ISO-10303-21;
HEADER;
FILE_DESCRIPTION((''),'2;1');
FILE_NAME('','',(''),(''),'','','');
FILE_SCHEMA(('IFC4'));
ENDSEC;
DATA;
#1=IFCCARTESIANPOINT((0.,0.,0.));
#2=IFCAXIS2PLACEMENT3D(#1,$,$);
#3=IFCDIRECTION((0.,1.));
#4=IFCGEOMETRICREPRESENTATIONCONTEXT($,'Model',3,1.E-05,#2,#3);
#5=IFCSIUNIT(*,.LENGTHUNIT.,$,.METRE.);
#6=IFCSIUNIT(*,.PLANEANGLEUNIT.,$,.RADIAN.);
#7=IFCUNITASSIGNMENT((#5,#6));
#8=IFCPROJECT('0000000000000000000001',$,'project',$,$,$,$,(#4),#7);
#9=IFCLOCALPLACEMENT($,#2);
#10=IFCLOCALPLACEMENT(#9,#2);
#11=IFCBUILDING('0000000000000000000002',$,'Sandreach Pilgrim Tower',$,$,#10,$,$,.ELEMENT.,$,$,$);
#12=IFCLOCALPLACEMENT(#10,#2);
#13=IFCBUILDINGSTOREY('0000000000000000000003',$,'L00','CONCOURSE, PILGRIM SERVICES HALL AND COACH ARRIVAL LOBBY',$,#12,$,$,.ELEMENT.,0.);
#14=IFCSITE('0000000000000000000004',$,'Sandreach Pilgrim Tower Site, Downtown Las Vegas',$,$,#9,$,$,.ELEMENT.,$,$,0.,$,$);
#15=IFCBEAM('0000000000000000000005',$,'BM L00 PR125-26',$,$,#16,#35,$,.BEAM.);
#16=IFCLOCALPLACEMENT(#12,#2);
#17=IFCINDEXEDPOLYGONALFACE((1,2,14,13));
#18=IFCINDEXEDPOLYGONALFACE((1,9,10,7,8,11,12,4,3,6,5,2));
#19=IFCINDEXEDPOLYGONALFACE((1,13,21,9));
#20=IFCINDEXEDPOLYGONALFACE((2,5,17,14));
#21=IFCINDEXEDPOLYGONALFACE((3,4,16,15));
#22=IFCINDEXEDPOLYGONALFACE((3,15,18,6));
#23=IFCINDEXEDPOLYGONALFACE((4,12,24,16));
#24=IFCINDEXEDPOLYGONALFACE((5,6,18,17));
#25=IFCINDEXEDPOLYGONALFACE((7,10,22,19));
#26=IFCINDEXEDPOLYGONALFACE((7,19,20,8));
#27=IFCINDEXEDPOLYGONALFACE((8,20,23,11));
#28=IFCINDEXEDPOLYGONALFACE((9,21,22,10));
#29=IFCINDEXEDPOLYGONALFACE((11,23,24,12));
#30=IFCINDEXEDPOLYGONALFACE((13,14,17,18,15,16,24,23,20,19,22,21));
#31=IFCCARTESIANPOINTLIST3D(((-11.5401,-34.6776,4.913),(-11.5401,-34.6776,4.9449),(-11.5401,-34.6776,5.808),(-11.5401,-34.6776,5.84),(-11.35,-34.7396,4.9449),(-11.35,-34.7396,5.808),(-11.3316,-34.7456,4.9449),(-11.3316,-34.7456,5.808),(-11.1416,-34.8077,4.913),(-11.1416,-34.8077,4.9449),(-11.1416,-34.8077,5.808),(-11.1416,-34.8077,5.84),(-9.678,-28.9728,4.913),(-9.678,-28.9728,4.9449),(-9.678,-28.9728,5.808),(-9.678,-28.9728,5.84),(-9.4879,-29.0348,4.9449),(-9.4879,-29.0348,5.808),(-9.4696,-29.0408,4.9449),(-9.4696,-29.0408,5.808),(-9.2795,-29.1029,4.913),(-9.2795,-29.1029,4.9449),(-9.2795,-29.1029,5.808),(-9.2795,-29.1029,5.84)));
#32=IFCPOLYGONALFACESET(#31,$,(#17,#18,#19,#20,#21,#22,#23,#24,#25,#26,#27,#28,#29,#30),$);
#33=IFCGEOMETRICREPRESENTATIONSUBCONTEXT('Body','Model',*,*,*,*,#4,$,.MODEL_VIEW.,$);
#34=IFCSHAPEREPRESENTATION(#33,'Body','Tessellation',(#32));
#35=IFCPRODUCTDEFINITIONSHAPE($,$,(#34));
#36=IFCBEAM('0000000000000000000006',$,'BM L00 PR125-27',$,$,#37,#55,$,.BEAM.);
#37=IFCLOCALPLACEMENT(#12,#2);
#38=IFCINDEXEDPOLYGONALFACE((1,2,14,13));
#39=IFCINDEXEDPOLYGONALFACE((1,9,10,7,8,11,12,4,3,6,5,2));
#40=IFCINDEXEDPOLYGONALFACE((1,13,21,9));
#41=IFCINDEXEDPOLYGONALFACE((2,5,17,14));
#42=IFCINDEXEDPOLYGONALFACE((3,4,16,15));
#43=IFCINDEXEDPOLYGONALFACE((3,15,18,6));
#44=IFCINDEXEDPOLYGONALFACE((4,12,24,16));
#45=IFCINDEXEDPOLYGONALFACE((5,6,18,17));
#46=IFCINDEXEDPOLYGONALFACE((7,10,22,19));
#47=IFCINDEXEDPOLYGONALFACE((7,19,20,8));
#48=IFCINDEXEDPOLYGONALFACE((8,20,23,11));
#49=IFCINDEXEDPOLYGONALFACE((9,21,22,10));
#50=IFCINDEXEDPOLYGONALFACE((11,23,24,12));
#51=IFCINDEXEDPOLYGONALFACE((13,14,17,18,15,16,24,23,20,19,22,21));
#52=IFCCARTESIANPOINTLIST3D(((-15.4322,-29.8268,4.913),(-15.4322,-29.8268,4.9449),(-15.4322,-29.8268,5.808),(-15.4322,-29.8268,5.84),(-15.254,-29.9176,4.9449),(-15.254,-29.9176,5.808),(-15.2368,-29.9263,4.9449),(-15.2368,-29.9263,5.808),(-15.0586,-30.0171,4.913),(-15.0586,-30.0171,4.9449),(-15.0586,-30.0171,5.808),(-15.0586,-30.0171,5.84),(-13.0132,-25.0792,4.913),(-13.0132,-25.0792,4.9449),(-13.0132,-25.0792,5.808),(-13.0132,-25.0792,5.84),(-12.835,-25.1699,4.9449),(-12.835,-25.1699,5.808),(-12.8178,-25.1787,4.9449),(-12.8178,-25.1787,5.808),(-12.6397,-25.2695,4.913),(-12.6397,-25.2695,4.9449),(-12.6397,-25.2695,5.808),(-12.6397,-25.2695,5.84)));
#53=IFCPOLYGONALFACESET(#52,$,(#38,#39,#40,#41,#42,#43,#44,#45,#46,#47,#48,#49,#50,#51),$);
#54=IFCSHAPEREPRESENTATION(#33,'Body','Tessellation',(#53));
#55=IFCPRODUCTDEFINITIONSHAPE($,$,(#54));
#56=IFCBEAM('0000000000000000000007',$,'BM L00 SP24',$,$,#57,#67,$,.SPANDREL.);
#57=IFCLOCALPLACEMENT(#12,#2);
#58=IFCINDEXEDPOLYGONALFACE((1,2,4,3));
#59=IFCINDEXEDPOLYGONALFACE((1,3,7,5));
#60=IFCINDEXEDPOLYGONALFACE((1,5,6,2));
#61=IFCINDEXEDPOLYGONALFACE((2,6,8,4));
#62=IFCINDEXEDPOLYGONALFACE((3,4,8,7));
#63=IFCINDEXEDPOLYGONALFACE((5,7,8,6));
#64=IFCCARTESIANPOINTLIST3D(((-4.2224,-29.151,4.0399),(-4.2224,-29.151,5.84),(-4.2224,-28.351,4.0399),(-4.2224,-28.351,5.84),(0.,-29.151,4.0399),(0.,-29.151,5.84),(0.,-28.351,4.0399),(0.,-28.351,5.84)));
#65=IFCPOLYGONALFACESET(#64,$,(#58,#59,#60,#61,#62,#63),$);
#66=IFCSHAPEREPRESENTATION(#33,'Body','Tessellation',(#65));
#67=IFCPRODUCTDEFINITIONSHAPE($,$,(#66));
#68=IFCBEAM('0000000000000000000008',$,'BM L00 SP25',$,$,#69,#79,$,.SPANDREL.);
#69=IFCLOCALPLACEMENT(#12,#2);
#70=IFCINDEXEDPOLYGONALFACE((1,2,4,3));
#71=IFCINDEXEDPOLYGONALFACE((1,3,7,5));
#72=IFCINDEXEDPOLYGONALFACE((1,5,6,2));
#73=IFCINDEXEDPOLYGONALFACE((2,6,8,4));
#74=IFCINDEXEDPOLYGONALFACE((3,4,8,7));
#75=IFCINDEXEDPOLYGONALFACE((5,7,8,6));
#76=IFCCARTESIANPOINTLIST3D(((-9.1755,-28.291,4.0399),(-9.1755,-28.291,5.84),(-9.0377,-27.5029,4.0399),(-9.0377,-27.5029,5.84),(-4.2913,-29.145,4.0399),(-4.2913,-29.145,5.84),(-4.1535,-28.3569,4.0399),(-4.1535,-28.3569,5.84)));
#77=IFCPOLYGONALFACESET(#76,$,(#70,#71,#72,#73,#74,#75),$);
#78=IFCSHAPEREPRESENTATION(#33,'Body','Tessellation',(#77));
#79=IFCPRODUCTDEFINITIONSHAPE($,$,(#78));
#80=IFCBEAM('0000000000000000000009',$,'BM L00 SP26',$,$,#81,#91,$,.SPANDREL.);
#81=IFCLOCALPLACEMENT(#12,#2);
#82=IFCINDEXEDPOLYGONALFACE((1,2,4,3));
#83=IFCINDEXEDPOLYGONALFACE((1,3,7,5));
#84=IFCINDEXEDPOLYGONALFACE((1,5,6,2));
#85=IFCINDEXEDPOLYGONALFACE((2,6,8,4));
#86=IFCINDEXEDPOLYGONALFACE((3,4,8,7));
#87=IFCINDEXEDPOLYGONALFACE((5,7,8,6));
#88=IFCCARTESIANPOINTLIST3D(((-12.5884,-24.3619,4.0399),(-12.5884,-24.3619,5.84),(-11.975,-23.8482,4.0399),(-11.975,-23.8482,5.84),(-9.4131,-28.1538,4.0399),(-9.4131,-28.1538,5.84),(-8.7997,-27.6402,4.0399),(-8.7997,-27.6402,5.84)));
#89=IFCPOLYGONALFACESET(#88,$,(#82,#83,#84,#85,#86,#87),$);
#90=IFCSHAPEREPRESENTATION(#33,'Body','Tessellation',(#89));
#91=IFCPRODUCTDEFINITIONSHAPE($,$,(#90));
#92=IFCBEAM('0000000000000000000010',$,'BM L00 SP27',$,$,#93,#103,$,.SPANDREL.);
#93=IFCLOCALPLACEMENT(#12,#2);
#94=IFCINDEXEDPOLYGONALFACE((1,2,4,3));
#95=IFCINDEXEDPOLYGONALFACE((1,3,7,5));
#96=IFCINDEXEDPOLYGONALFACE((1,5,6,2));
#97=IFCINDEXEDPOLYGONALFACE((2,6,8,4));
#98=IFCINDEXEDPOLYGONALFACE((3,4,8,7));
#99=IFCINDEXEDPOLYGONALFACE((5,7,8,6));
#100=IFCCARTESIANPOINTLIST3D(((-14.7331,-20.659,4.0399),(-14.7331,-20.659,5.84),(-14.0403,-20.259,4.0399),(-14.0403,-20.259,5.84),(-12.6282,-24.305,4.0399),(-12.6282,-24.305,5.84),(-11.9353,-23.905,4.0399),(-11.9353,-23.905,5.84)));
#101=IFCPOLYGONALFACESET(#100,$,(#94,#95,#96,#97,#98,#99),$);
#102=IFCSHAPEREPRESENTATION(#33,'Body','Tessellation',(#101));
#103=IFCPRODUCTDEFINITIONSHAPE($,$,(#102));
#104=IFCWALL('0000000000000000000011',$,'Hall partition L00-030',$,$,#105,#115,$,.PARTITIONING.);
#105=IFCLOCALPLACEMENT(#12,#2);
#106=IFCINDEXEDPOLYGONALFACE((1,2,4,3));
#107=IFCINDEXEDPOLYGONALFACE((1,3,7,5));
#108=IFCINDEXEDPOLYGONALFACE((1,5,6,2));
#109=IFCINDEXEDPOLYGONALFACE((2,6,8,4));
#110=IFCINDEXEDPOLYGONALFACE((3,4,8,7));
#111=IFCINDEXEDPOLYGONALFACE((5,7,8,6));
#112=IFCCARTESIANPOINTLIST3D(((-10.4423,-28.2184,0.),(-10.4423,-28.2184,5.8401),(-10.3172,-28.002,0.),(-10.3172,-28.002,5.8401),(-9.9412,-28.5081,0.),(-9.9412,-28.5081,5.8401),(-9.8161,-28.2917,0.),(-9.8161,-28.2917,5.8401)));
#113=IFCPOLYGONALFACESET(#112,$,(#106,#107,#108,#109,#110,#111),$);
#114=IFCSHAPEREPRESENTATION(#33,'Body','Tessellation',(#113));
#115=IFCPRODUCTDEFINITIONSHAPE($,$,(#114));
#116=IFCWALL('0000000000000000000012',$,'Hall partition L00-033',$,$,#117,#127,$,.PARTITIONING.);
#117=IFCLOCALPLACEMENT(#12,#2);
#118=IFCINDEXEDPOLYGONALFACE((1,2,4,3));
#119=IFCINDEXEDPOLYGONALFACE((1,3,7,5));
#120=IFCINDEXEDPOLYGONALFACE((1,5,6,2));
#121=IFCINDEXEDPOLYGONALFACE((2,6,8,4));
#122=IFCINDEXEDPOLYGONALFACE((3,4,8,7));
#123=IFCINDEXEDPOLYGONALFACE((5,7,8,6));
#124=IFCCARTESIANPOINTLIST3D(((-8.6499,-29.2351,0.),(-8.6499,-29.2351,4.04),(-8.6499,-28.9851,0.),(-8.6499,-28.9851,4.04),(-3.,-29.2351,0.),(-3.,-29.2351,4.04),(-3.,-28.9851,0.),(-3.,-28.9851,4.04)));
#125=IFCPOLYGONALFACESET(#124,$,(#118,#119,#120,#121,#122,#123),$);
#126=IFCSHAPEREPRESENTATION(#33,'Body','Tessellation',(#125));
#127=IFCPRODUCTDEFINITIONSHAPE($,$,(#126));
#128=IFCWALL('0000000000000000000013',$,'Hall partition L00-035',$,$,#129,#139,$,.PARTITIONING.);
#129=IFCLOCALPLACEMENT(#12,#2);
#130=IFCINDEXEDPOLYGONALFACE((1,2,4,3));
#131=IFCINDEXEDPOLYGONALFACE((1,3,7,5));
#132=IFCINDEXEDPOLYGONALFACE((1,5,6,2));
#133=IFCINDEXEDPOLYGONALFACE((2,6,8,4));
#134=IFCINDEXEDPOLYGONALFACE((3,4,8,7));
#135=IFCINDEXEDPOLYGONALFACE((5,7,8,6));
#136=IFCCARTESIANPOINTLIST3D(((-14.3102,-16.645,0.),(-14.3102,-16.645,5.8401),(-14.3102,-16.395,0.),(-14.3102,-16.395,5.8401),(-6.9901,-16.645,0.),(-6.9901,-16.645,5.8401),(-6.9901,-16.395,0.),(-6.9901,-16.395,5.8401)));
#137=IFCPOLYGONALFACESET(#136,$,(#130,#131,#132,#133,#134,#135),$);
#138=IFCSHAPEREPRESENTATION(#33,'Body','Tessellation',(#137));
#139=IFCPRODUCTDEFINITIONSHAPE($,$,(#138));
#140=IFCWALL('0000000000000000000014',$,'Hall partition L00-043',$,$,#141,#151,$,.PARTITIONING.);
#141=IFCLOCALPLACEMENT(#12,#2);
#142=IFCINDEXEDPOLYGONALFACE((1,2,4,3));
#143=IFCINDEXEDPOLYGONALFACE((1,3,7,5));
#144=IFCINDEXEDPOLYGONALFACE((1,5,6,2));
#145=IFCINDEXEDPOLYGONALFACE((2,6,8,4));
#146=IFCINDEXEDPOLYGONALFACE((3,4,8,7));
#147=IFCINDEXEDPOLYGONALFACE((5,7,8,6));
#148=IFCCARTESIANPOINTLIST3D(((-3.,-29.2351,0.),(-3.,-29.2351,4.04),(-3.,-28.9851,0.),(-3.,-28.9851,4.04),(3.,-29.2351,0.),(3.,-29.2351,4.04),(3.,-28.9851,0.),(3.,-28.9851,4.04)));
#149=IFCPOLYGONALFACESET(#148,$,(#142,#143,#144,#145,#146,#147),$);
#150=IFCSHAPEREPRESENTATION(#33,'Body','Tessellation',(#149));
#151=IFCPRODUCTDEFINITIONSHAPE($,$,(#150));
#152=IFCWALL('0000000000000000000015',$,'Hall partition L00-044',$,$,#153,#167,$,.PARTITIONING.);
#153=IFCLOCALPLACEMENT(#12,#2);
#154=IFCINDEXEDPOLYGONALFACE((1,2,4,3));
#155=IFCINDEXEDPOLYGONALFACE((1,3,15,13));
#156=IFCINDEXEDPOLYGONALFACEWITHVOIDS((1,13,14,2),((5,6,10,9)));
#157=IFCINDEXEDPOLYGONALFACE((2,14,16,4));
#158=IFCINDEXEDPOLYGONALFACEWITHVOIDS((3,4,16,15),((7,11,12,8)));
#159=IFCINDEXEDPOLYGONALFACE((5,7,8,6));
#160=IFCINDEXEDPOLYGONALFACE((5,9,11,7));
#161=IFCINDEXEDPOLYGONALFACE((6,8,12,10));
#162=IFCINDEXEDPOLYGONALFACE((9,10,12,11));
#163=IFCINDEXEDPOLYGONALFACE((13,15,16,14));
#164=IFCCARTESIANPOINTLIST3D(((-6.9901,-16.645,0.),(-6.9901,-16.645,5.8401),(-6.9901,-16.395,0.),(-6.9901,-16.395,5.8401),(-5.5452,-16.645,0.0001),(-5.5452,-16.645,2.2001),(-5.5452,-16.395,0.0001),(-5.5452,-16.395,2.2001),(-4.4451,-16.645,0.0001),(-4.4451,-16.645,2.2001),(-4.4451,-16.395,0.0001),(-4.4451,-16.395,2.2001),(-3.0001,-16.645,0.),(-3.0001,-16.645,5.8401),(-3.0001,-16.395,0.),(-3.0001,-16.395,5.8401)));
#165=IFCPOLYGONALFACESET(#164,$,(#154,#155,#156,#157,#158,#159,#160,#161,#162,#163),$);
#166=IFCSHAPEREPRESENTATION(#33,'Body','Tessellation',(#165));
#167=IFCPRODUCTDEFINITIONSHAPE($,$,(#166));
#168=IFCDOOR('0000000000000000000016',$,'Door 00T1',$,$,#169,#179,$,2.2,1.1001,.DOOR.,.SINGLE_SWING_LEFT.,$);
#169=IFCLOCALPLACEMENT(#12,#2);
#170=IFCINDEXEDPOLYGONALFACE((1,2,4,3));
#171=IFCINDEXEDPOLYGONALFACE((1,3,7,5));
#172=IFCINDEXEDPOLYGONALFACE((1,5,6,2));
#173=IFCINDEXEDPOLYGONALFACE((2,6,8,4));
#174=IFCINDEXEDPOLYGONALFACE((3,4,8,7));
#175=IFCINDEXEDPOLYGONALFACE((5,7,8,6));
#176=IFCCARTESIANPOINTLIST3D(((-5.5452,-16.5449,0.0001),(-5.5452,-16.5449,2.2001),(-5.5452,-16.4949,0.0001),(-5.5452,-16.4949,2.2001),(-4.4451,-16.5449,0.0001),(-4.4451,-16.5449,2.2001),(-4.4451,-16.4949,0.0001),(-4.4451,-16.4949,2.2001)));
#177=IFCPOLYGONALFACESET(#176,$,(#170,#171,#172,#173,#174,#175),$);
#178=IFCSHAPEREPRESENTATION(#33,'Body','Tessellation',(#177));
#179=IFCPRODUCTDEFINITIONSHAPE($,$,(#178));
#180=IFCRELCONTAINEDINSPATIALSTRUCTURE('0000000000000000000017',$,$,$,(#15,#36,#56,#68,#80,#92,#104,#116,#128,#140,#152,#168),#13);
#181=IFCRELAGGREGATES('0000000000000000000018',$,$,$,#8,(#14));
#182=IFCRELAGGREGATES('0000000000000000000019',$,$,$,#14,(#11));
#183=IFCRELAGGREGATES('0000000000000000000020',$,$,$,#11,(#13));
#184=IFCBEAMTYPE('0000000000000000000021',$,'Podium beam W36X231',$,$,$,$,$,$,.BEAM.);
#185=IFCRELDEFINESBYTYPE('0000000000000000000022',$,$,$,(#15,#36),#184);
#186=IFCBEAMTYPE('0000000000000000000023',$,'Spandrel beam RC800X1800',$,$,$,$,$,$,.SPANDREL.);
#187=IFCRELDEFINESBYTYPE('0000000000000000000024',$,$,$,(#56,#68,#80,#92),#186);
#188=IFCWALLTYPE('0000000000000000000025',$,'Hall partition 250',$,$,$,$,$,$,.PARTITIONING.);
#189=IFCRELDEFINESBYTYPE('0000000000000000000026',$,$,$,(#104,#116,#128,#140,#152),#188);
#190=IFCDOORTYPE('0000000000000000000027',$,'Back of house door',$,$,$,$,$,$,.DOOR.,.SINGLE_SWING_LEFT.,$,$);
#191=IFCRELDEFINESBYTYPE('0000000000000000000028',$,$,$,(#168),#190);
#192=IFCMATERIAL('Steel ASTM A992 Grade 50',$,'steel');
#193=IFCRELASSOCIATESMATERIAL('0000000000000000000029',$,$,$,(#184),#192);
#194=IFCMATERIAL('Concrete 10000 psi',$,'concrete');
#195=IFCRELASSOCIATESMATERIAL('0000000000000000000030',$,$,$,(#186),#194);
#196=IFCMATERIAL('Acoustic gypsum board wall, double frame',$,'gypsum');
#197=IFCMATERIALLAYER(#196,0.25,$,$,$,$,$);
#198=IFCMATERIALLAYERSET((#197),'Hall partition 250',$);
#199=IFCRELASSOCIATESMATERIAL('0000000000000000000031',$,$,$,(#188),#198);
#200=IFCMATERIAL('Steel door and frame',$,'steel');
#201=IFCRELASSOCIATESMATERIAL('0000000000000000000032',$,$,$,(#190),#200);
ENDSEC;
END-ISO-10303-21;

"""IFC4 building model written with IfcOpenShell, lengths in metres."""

from ifc_helpers import new_model, si_unit, direction, frame, frame_2d, origin, origin_2d, place, context, subcontext, project, spatial, rectangle, i_section, extrude, material, layer, layer_set, material_profile, profile_set, type_object, element, fill, save


model = new_model("IFC4")

# Units and contexts
model_context = context("Model", 3, precision=1e-05, world=origin(), true_north=direction((0.0, 1.0)))
body_context = subcontext(model_context, "Body", "Model", "MODEL_VIEW")
ifc_project = project(units=[si_unit("LENGTHUNIT", "METRE"), si_unit("PLANEANGLEUNIT", "RADIAN")], contexts=[model_context])

# Site, building, storey
site_placement = place(None, origin())
site = spatial("IfcSite", under=ifc_project, at=site_placement, Name="Sandreach Pilgrim Tower Site, Downtown Las Vegas", CompositionType="ELEMENT", RefElevation=0.0)
building_placement = place(site_placement, origin())
building = spatial("IfcBuilding", under=site, at=building_placement, Name="Sandreach Pilgrim Tower", CompositionType="ELEMENT")
storey_placement = place(building_placement, origin())
storey = spatial("IfcBuildingStorey", under=building, at=storey_placement, Name="L00", Description="CONCOURSE, PILGRIM SERVICES HALL AND COACH ARRIVAL LOBBY", CompositionType="ELEMENT", Elevation=0.0)

# Beams
ifc_material_1 = material(Name="Steel ASTM A992 Grade 50", Category="steel")
ifc_material_profile_1 = material_profile(ifc_material_1, i_section(OverallWidth=0.4192, OverallDepth=0.927, WebThickness=0.0193, FlangeThickness=0.032, at=origin_2d()), Name="W36X231")
ifc_profile_set_1 = profile_set([ifc_material_profile_1], Name="Steel ASTM A992 Grade 50")
beam_type_1 = type_object("IfcBeamType", Name="Podium beam W36X231", PredefinedType="BEAM", material=ifc_profile_set_1)
beam_1_placement = place(storey_placement, frame((-9.4788, -29.0378, 5.3765), z_axis=(-0.31029, -0.950642, 0.0), x_axis=(0.950642, -0.31029, 0.0)))
element("IfcBeam", 1, at=beam_1_placement, inside=storey, type_object=beam_type_1, Name="BM L00 PR125-26", PredefinedType="BEAM", context=body_context, shape_type="SweptSolid", body=[
    extrude(i_section(OverallWidth=0.4192, OverallDepth=0.927, WebThickness=0.0193, FlangeThickness=0.032, at=origin_2d()), origin(), (0.0, 0.0, 1.0), 6.001),
])
beam_2_placement = place(storey_placement, frame((-12.8264, -25.1743, 5.3765), z_axis=(-0.453982, -0.891011, 0.0), x_axis=(0.891011, -0.453982, 0.0)))
element("IfcBeam", 2, at=beam_2_placement, inside=storey, type_object=beam_type_1, Name="BM L00 PR125-27", PredefinedType="BEAM", context=body_context, shape_type="SweptSolid", body=[
    extrude(i_section(OverallWidth=0.4192, OverallDepth=0.927, WebThickness=0.0193, FlangeThickness=0.032, at=origin_2d()), origin(), (0.0, 0.0, 1.0), 5.3284),
])
ifc_material_2 = material(Name="Concrete 10000 psi", Category="concrete")
ifc_material_profile_2 = material_profile(ifc_material_2, rectangle(XDim=0.8, YDim=1.8, at=origin_2d()), Name="RC800X1800")
ifc_profile_set_2 = profile_set([ifc_material_profile_2], Name="Concrete 10000 psi")
beam_type_2 = type_object("IfcBeamType", Name="Spandrel beam RC800X1800", PredefinedType="SPANDREL", material=ifc_profile_set_2)
beam_3_placement = place(storey_placement, frame((0.0, -28.751, 4.9399), z_axis=(-1.0, 0.0, 0.0), x_axis=(0.0, -1.0, 0.0)))
element("IfcBeam", 3, at=beam_3_placement, inside=storey, type_object=beam_type_2, Name="BM L00 SP24", PredefinedType="SPANDREL", context=body_context, shape_type="SweptSolid", body=[
    extrude(rectangle(XDim=0.8, YDim=1.8, at=origin_2d()), origin(), (0.0, 0.0, 1.0), 4.2224),
])
beam_4_placement = place(storey_placement, frame((-4.2224, -28.751, 4.9399), z_axis=(-0.985054, 0.172243, 0.0), x_axis=(-0.172243, -0.985054, 0.0)))
element("IfcBeam", 4, at=beam_4_placement, inside=storey, type_object=beam_type_2, Name="BM L00 SP25", PredefinedType="SPANDREL", context=body_context, shape_type="SweptSolid", body=[
    extrude(rectangle(XDim=0.8, YDim=1.8, at=origin_2d()), origin(), (0.0, 0.0, 1.0), 4.9583),
])
beam_5_placement = place(storey_placement, frame((-9.1064, -27.897, 4.9399), z_axis=(-0.642008, 0.766698, 0.0), x_axis=(-0.766698, -0.642008, 0.0)))
element("IfcBeam", 5, at=beam_5_placement, inside=storey, type_object=beam_type_2, Name="BM L00 SP26", PredefinedType="SPANDREL", context=body_context, shape_type="SweptSolid", body=[
    extrude(rectangle(XDim=0.8, YDim=1.8, at=origin_2d()), origin(), (0.0, 0.0, 1.0), 4.9458),
])
beam_6_placement = place(storey_placement, frame((-12.2817, -24.105, 4.9399), z_axis=(-0.499994, 0.866029, 0.0), x_axis=(-0.866029, -0.499994, 0.0)))
element("IfcBeam", 6, at=beam_6_placement, inside=storey, type_object=beam_type_2, Name="BM L00 SP27", PredefinedType="SPANDREL", context=body_context, shape_type="SweptSolid", body=[
    extrude(rectangle(XDim=0.8, YDim=1.8, at=origin_2d()), origin(), (0.0, 0.0, 1.0), 4.21),
])

# Walls
ifc_material_3 = material(Name="Acoustic gypsum board wall, double frame", Category="gypsum")
ifc_layer = layer(ifc_material_3, 0.25)
ifc_layer_set = layer_set([ifc_layer], Name="Hall partition 250")
wall_type = type_object("IfcWallType", Name="Hall partition 250", PredefinedType="PARTITIONING", material=ifc_layer_set)
wall_1_placement = place(storey_placement, frame((-10.3799, -28.1101, 0.0), z_axis=(0.0, 0.0, 1.0), x_axis=(0.865715, -0.500538, 0.0)))
element("IfcWall", 7, at=wall_1_placement, inside=storey, type_object=wall_type, Name="Hall partition L00-030", PredefinedType="PARTITIONING", context=body_context, shape_type="SweptSolid", body=[
    extrude(rectangle(XDim=0.5789, YDim=0.25, at=frame_2d((0.2896, 0.0))), origin(), (0.0, 0.0, 1.0), 5.8401),
])
wall_2_placement = place(storey_placement, frame((-8.6499, -29.1101, 0.0), z_axis=(0.0, 0.0, 1.0), x_axis=(1.0, 0.0, 0.0)))
element("IfcWall", 8, at=wall_2_placement, inside=storey, type_object=wall_type, Name="Hall partition L00-033", PredefinedType="PARTITIONING", context=body_context, shape_type="SweptSolid", body=[
    extrude(rectangle(XDim=5.6499, YDim=0.25, at=frame_2d((2.825, 0.0))), origin(), (0.0, 0.0, 1.0), 4.04),
])
wall_3_placement = place(storey_placement, frame((-6.99, -16.52, 0.0), z_axis=(0.0, 0.0, 1.0), x_axis=(-1.0, 0.0, 0.0)))
element("IfcWall", 9, at=wall_3_placement, inside=storey, type_object=wall_type, Name="Hall partition L00-035", PredefinedType="PARTITIONING", context=body_context, shape_type="SweptSolid", body=[
    extrude(rectangle(XDim=7.3201, YDim=0.25, at=frame_2d((3.6602, 0.0))), origin(), (0.0, 0.0, 1.0), 5.8401),
])
wall_4_placement = place(storey_placement, frame((-3.0, -29.1101, 0.0), z_axis=(0.0, 0.0, 1.0), x_axis=(1.0, 0.0, 0.0)))
element("IfcWall", 10, at=wall_4_placement, inside=storey, type_object=wall_type, Name="Hall partition L00-043", PredefinedType="PARTITIONING", context=body_context, shape_type="SweptSolid", body=[
    extrude(rectangle(XDim=6.0, YDim=0.25, at=frame_2d((3.0, 0.0))), origin(), (0.0, 0.0, 1.0), 4.04),
])

# Wall, opening, door
wall_5_placement = place(storey_placement, frame((-3.0, -16.52, 0.0), z_axis=(0.0, 0.0, 1.0), x_axis=(-1.0, 0.0, 0.0)))
wall_5 = element("IfcWall", 11, at=wall_5_placement, inside=storey, type_object=wall_type, Name="Hall partition L00-044", PredefinedType="PARTITIONING", context=body_context, shape_type="SweptSolid", body=[
    extrude(rectangle(XDim=3.99, YDim=0.25, at=frame_2d((1.9951, 0.0))), origin(), (0.0, 0.0, 1.0), 5.8401),
])
opening_placement = place(wall_5_placement, frame((1.4451, 0.0, 0.0)))
opening = element("IfcOpeningElement", 12, at=opening_placement, cuts=wall_5, PredefinedType="OPENING", context=body_context, shape_type="SweptSolid", body=[
    extrude(rectangle(XDim=1.1001, YDim=2.2, at=frame_2d((0.55, 1.1001))), frame((0.0, 0.125, 0.0), z_axis=(0.0, -1.0, 0.0), x_axis=(1.0, 0.0, 0.0)), (0.0, 0.0, 1.0), 0.25),
])
ifc_material_4 = material(Name="Steel door and frame", Category="steel")
door_type = type_object("IfcDoorType", Name="Back of house door", OperationType="SINGLE_SWING_LEFT", PredefinedType="DOOR", material=ifc_material_4)
door_placement = place(opening_placement, origin())
door = element("IfcDoor", 13, at=door_placement, inside=storey, type_object=door_type, Name="Door 00T1", OperationType="SINGLE_SWING_LEFT", OverallHeight=2.2, OverallWidth=1.1001, PredefinedType="DOOR", context=body_context, shape_type="SweptSolid", body=[
    extrude(rectangle(XDim=1.1001, YDim=2.2, at=frame_2d((0.55, 1.1001))), frame((0.0, 0.0249, 0.0), z_axis=(0.0, -1.0, 0.0), x_axis=(1.0, 0.0, 0.0)), (0.0, 0.0, 1.0), 0.05),
])
fill(opening, door)

save(model, "model.ifc")
